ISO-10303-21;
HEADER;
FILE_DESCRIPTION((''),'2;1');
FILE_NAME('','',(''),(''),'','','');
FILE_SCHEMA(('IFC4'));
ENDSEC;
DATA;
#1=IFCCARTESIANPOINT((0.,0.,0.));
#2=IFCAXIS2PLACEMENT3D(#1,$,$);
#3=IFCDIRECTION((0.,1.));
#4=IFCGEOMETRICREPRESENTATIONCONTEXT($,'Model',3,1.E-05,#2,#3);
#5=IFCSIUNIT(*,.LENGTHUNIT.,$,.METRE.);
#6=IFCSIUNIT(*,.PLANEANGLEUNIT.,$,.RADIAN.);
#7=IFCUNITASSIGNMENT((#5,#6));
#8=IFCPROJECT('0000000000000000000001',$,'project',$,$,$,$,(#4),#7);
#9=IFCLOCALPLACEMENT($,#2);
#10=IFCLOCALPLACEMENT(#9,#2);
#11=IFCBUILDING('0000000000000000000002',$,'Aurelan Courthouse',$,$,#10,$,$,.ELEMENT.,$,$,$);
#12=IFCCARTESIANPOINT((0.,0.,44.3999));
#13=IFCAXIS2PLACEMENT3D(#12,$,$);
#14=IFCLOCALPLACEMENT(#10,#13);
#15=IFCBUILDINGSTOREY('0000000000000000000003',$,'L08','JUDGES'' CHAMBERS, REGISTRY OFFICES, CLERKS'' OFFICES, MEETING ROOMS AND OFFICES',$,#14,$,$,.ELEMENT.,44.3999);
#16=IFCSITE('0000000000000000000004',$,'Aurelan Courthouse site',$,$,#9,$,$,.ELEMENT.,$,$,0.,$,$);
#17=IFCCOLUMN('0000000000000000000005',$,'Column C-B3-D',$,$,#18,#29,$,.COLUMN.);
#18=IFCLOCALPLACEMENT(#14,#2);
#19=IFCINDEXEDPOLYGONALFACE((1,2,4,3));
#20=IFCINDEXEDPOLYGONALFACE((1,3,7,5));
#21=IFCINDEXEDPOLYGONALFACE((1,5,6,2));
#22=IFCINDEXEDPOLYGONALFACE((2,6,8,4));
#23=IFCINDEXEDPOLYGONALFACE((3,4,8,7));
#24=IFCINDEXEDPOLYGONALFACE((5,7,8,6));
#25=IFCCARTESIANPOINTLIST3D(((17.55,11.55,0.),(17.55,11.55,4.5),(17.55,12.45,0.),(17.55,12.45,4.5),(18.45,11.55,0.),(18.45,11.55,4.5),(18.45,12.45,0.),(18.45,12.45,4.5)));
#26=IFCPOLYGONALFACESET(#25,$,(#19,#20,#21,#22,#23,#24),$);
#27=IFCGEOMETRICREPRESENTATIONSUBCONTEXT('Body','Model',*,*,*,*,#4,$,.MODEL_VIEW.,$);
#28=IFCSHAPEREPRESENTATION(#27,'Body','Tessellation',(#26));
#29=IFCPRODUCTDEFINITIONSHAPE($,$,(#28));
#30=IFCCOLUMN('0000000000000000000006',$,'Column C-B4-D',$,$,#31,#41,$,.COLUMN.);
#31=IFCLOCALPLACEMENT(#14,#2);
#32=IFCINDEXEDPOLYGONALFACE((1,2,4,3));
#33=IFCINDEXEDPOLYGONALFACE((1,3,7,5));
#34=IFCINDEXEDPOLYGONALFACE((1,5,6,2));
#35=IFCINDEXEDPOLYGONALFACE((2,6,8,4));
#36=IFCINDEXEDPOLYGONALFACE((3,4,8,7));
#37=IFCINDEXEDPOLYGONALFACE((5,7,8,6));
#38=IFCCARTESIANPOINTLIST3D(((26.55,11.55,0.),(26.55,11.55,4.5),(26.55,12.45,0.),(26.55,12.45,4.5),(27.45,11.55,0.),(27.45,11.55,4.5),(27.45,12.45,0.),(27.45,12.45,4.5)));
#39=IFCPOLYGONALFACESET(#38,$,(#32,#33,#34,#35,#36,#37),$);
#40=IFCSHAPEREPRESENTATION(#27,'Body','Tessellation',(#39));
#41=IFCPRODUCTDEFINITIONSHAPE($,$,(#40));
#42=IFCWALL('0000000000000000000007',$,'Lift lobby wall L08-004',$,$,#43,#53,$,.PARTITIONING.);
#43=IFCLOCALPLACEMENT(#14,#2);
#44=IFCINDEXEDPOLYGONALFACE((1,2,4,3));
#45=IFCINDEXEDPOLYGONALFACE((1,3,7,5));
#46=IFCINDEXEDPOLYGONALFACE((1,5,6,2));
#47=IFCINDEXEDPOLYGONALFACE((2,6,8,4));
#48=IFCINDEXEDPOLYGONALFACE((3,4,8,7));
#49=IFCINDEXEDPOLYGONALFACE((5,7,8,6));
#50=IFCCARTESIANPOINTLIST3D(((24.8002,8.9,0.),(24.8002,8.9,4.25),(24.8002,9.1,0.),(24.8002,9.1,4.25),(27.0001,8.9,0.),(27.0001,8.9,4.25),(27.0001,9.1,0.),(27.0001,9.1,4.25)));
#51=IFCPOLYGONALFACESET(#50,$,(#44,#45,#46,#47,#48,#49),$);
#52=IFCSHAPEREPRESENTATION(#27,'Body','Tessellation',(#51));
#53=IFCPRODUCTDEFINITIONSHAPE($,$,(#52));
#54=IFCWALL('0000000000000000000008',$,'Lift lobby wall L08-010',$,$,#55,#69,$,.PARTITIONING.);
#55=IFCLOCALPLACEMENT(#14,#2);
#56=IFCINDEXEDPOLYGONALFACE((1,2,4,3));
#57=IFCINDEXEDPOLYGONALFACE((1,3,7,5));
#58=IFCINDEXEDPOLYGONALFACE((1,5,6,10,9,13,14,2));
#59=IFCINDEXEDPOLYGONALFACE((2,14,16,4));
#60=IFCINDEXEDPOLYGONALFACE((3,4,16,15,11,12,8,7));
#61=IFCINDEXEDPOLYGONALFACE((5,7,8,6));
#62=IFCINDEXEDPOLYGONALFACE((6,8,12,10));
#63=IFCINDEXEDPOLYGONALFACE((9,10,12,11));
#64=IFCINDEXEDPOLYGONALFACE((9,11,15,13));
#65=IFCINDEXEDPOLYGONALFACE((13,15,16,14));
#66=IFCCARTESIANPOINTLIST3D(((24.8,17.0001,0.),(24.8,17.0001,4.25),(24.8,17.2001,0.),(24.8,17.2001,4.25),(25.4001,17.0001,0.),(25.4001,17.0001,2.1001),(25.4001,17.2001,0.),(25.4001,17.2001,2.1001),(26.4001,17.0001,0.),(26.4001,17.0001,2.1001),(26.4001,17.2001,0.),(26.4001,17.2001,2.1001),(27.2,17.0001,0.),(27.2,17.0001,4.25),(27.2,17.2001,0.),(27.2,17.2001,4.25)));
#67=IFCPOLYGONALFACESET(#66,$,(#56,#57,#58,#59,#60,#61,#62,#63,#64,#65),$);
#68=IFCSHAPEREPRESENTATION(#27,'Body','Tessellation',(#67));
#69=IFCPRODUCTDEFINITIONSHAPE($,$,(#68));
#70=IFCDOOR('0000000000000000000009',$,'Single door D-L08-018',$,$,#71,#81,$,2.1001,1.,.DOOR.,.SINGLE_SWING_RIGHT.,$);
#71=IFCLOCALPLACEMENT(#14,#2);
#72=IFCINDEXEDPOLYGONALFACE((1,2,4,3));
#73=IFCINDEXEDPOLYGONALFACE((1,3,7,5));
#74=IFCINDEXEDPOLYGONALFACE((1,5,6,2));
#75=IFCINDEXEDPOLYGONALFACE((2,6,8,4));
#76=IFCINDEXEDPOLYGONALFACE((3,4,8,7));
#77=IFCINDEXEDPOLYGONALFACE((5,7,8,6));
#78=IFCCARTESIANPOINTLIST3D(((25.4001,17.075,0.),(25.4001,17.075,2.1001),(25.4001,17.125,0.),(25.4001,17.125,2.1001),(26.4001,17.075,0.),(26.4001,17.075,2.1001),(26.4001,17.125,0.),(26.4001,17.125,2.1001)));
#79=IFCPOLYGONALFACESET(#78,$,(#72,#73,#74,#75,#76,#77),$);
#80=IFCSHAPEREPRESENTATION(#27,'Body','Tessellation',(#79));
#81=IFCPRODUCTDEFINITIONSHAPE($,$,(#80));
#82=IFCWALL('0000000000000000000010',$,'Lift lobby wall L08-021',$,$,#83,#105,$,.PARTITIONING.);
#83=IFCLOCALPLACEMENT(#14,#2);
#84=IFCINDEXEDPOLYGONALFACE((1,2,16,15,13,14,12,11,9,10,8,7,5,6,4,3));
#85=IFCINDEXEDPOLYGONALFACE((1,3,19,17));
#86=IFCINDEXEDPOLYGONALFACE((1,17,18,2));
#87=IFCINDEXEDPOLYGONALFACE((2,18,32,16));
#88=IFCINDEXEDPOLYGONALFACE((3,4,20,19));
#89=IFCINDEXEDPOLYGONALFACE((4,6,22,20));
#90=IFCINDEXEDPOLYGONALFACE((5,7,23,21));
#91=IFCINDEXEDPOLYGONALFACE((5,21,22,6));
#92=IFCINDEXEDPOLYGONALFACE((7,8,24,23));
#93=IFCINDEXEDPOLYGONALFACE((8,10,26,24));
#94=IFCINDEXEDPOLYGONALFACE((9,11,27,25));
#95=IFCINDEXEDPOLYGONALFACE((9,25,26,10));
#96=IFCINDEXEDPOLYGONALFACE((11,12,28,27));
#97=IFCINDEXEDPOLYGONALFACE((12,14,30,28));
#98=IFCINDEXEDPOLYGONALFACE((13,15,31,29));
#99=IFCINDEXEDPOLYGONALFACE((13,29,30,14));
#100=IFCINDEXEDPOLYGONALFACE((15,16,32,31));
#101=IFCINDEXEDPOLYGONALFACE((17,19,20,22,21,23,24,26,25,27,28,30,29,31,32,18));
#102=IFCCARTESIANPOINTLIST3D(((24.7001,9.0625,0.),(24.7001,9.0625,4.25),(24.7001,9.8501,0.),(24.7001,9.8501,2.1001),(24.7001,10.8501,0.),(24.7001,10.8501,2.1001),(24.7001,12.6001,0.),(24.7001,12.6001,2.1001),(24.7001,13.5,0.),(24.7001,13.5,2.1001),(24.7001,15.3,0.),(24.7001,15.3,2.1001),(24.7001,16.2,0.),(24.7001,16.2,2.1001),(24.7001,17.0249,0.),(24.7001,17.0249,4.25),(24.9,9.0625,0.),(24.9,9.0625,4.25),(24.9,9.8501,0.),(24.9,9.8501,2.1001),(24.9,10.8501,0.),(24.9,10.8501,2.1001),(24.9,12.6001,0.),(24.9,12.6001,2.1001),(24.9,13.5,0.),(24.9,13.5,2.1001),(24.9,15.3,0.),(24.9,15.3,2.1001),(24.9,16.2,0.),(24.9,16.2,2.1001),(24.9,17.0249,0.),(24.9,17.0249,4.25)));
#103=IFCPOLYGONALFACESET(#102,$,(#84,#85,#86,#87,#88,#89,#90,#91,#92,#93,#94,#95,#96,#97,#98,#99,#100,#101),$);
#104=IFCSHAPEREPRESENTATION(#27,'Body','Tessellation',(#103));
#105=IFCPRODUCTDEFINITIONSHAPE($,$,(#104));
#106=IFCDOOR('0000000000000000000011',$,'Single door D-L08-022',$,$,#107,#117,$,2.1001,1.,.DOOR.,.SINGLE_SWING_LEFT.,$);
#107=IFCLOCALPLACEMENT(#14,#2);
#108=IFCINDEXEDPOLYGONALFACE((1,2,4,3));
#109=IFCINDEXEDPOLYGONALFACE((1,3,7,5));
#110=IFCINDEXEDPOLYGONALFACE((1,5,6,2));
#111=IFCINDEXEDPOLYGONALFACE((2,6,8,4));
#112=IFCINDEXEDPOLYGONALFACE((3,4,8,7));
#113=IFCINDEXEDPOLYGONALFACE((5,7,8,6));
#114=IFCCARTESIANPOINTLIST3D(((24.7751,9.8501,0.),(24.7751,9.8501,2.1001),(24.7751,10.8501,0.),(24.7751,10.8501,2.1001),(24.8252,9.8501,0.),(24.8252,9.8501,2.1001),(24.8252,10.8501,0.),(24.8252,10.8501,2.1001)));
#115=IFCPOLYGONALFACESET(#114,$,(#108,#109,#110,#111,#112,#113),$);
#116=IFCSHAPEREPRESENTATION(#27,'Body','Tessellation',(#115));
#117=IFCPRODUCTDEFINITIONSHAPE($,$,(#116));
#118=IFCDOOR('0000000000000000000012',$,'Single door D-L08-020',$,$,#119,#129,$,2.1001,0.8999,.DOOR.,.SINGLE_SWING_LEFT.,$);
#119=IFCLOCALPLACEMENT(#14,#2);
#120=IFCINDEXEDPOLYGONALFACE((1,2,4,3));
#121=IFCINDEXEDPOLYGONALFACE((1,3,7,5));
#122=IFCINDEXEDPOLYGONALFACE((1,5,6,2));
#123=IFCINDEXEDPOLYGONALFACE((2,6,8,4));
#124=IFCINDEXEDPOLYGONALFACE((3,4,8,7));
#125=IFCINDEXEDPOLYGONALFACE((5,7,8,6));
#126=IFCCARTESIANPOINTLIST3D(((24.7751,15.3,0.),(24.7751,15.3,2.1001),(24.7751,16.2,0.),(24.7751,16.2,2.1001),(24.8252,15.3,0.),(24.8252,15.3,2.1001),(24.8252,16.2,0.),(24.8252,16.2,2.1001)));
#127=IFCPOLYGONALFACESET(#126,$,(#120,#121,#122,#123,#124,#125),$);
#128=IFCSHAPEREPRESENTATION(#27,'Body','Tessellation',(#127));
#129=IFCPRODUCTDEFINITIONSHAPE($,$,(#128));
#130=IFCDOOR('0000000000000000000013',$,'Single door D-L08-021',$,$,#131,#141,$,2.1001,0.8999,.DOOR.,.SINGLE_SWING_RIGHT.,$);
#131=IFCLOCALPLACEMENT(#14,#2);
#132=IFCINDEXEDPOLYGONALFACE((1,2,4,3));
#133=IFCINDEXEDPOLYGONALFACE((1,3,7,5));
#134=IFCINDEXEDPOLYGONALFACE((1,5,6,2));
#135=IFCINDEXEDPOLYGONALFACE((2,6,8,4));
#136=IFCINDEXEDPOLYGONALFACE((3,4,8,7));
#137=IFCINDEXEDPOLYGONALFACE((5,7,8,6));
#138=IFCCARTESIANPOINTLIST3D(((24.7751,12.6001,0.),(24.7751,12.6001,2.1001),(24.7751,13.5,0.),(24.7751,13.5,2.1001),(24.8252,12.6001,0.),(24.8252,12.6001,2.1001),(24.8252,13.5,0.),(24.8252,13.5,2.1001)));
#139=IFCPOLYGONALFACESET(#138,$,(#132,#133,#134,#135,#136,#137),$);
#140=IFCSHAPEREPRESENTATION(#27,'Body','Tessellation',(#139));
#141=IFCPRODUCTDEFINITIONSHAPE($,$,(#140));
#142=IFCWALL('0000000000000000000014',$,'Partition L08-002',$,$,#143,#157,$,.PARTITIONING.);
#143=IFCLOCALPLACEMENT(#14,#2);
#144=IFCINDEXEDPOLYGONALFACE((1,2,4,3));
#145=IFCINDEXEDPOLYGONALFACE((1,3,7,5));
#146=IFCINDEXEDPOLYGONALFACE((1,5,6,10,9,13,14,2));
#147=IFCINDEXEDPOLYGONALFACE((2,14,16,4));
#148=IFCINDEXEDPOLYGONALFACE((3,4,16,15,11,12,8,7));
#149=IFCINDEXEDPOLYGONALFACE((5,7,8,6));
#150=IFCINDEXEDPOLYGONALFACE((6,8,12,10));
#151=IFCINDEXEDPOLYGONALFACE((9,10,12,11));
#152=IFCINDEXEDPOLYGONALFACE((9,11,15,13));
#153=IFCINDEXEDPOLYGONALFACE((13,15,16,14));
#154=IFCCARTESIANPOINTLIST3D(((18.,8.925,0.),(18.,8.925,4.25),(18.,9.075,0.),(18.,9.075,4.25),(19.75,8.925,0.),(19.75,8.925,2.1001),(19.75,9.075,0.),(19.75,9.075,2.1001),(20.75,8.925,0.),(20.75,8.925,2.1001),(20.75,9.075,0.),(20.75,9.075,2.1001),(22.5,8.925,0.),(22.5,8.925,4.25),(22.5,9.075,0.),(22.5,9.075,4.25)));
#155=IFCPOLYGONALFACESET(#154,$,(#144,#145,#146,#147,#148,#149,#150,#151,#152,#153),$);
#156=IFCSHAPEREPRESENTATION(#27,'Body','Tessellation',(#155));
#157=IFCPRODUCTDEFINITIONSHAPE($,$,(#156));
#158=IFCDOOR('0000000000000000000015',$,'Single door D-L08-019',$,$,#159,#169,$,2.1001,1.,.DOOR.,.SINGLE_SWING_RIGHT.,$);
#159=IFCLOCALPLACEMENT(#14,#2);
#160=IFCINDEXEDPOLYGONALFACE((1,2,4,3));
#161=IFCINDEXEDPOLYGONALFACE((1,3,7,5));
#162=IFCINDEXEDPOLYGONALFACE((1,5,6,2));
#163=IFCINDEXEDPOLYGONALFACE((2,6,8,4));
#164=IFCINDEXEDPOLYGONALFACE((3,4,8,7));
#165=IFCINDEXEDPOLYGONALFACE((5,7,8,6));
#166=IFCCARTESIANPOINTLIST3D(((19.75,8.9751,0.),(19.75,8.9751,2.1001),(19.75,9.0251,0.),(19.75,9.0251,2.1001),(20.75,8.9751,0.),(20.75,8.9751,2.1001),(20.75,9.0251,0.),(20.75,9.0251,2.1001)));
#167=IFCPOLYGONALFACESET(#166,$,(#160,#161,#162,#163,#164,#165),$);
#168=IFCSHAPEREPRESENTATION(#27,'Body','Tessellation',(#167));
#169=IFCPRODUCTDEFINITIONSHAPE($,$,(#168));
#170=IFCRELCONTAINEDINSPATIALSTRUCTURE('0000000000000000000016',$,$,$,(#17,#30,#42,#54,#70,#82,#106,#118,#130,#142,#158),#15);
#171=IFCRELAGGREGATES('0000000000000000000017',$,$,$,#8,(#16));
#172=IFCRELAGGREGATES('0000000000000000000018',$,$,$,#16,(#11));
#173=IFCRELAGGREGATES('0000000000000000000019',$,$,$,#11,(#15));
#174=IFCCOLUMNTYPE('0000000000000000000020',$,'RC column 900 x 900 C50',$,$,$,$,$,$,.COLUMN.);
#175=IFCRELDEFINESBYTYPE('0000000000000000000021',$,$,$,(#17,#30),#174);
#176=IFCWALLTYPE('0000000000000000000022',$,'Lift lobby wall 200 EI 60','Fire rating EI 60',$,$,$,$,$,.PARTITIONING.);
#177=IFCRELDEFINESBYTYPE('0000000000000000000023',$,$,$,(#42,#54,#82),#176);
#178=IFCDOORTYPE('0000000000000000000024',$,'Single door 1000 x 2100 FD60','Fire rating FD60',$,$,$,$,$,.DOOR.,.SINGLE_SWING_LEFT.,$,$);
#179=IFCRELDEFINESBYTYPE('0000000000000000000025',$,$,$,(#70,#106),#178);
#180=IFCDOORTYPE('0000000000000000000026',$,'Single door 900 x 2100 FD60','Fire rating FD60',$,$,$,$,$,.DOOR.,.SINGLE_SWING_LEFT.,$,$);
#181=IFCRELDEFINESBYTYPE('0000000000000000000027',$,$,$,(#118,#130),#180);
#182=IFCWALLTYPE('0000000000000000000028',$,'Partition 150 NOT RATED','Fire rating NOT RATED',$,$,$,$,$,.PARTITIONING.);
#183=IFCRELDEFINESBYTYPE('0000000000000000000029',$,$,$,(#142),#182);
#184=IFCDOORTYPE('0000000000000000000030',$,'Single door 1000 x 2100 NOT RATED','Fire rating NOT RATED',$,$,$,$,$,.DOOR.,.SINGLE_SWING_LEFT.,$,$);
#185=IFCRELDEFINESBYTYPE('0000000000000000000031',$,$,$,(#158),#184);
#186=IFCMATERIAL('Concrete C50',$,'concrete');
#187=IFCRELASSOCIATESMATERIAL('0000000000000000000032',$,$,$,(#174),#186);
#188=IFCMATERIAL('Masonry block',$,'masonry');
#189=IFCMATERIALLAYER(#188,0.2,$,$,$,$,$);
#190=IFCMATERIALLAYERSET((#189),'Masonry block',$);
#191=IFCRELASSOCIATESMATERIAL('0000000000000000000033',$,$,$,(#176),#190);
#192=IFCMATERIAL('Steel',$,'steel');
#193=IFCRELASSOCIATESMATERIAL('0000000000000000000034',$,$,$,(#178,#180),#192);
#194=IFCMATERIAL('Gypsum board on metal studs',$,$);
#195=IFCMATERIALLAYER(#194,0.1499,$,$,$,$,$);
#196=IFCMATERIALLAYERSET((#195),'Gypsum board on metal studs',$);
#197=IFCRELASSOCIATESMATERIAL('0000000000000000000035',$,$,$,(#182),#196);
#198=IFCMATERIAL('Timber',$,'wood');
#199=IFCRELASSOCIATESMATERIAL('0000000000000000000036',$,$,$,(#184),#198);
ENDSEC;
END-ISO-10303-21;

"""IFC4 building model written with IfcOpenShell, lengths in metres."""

from ifc_helpers import new_model, si_unit, direction, frame, frame_2d, origin, origin_2d, place, context, subcontext, project, spatial, rectangle, extrude, material, layer, layer_set, material_profile, profile_set, type_object, element, fill, save


model = new_model("IFC4")

# Units and contexts
model_context = context("Model", 3, precision=1e-05, world=origin(), true_north=direction((0.0, 1.0)))
body_context = subcontext(model_context, "Body", "Model", "MODEL_VIEW")
ifc_project = project(units=[si_unit("LENGTHUNIT", "METRE"), si_unit("PLANEANGLEUNIT", "RADIAN")], contexts=[model_context])

# Site, building, storey
site_placement = place(None, origin())
site = spatial("IfcSite", under=ifc_project, at=site_placement, Name="Aurelan Courthouse site", CompositionType="ELEMENT", RefElevation=0.0)
building_placement = place(site_placement, origin())
building = spatial("IfcBuilding", under=site, at=building_placement, Name="Aurelan Courthouse", CompositionType="ELEMENT")
storey_placement = place(building_placement, frame((0.0, 0.0, 44.3999)))
storey = spatial("IfcBuildingStorey", under=building, at=storey_placement, Name="L08", Description="JUDGES' CHAMBERS, REGISTRY OFFICES, CLERKS' OFFICES, MEETING ROOMS AND OFFICES", CompositionType="ELEMENT", Elevation=44.3999)

# Columns
ifc_material_1 = material(Name="Concrete C50", Category="concrete")
ifc_material_profile = material_profile(ifc_material_1, rectangle(XDim=0.8999, YDim=0.8999, at=origin_2d()), Name="RC 900 x 900")
ifc_profile_set = profile_set([ifc_material_profile], Name="Concrete C50")
column_type = type_object("IfcColumnType", Name="RC column 900 x 900 C50", PredefinedType="COLUMN", material=ifc_profile_set)
for number, where, z_axis, x_axis, name in (
    (1, (18.0, 12.0, 0.0), (0.0, 0.0, 1.0), (1.0, 0.0, 0.0), "Column C-B3-D"),
    (2, (27.0, 12.0, 0.0), (0.0, 0.0, 1.0), (1.0, 0.0, 0.0), "Column C-B4-D"),
):
    element("IfcColumn", number, at=place(storey_placement, frame(where, z_axis=z_axis, x_axis=x_axis)), inside=storey, type_object=column_type, Name=name, PredefinedType="COLUMN", context=body_context, shape_type="SweptSolid", body=[
        extrude(rectangle(XDim=0.8999, YDim=0.8999, at=origin_2d()), origin(), (0.0, 0.0, 1.0), 4.5),
    ])

# Wall
ifc_material_2 = material(Name="Masonry block", Category="masonry")
ifc_layer_1 = layer(ifc_material_2, 0.2)
ifc_layer_set_1 = layer_set([ifc_layer_1], Name="Masonry block")
wall_type_1 = type_object("IfcWallType", Name="Lift lobby wall 200 EI 60", Description="Fire rating EI 60", PredefinedType="PARTITIONING", material=ifc_layer_set_1)
wall_1_placement = place(storey_placement, frame((24.8, 9.0, 0.0), z_axis=(0.0, 0.0, 1.0), x_axis=(1.0, 0.0, 0.0)))
element("IfcWall", 3, at=wall_1_placement, inside=storey, type_object=wall_type_1, Name="Lift lobby wall L08-004", PredefinedType="PARTITIONING", context=body_context, shape_type="SweptSolid", body=[
    extrude(rectangle(XDim=2.2, YDim=0.2, at=frame_2d((1.1001, 0.0))), origin(), (0.0, 0.0, 1.0), 4.25),
])

# Wall, opening, door
wall_2_placement = place(storey_placement, frame((24.8, 17.1001, 0.0), z_axis=(0.0, 0.0, 1.0), x_axis=(1.0, 0.0, 0.0)))
wall_2 = element("IfcWall", 4, at=wall_2_placement, inside=storey, type_object=wall_type_1, Name="Lift lobby wall L08-010", PredefinedType="PARTITIONING", context=body_context, shape_type="SweptSolid", body=[
    extrude(rectangle(XDim=2.3999, YDim=0.2, at=frame_2d((1.2, 0.0))), origin(), (0.0, 0.0, 1.0), 4.25),
])
opening_1_placement = place(wall_2_placement, frame((0.6001, 0.0, 0.0)))
opening_1 = element("IfcOpeningElement", 5, at=opening_1_placement, cuts=wall_2, PredefinedType="OPENING", context=body_context, shape_type="SweptSolid", body=[
    extrude(rectangle(XDim=1.0, YDim=2.1001, at=frame_2d((0.5, 1.05))), frame((0.0, 0.1099, 0.0), z_axis=(0.0, -1.0, 0.0), x_axis=(1.0, 0.0, 0.0)), (0.0, 0.0, 1.0), 0.22),
])
ifc_material_3 = material(Name="Steel", Category="steel")
door_type_1 = type_object("IfcDoorType", Name="Single door 1000 x 2100 FD60", Description="Fire rating FD60", OperationType="SINGLE_SWING_LEFT", PredefinedType="DOOR", material=ifc_material_3)
door_1_placement = place(opening_1_placement, origin())
door_1 = element("IfcDoor", 6, at=door_1_placement, inside=storey, type_object=door_type_1, Name="Single door D-L08-018", OperationType="SINGLE_SWING_RIGHT", OverallHeight=2.1001, OverallWidth=1.0, PredefinedType="DOOR", context=body_context, shape_type="SweptSolid", body=[
    extrude(rectangle(XDim=1.0, YDim=2.1001, at=frame_2d((0.5, 1.05))), frame((0.0, 0.0249, 0.0), z_axis=(0.0, -1.0, 0.0), x_axis=(1.0, 0.0, 0.0)), (0.0, 0.0, 1.0), 0.05),
])
fill(opening_1, door_1)

# Wall, openings, doors
wall_3_placement = place(storey_placement, frame((24.8, 9.0625, 0.0), z_axis=(0.0, 0.0, 1.0), x_axis=(0.0, 1.0, 0.0)))
wall_3 = element("IfcWall", 7, at=wall_3_placement, inside=storey, type_object=wall_type_1, Name="Lift lobby wall L08-021", PredefinedType="PARTITIONING", context=body_context, shape_type="SweptSolid", body=[
    extrude(rectangle(XDim=7.9624, YDim=0.2, at=frame_2d((3.9812, 0.0))), origin(), (0.0, 0.0, 1.0), 4.25),
])
opening_2_placement = place(wall_3_placement, frame((6.2375, 0.0, 0.0)))
opening_2 = element("IfcOpeningElement", 8, at=opening_2_placement, cuts=wall_3, PredefinedType="OPENING", context=body_context, shape_type="SweptSolid", body=[
    extrude(rectangle(XDim=0.8999, YDim=2.1001, at=frame_2d((0.45, 1.05))), frame((0.0, 0.1099, 0.0), z_axis=(0.0, -1.0, 0.0), x_axis=(1.0, 0.0, 0.0)), (0.0, 0.0, 1.0), 0.22),
])
opening_3_placement = place(wall_3_placement, frame((3.5376, 0.0, 0.0)))
opening_3 = element("IfcOpeningElement", 9, at=opening_3_placement, cuts=wall_3, PredefinedType="OPENING", context=body_context, shape_type="SweptSolid", body=[
    extrude(rectangle(XDim=0.8999, YDim=2.1001, at=frame_2d((0.45, 1.05))), frame((0.0, 0.1099, 0.0), z_axis=(0.0, -1.0, 0.0), x_axis=(1.0, 0.0, 0.0)), (0.0, 0.0, 1.0), 0.22),
])
opening_4_placement = place(wall_3_placement, frame((0.7876, 0.0, 0.0)))
opening_4 = element("IfcOpeningElement", 10, at=opening_4_placement, cuts=wall_3, PredefinedType="OPENING", context=body_context, shape_type="SweptSolid", body=[
    extrude(rectangle(XDim=1.0, YDim=2.1001, at=frame_2d((0.5, 1.05))), frame((0.0, 0.1099, 0.0), z_axis=(0.0, -1.0, 0.0), x_axis=(1.0, 0.0, 0.0)), (0.0, 0.0, 1.0), 0.22),
])
door_2_placement = place(opening_4_placement, origin())
door_2 = element("IfcDoor", 11, at=door_2_placement, inside=storey, type_object=door_type_1, Name="Single door D-L08-022", OperationType="SINGLE_SWING_LEFT", OverallHeight=2.1001, OverallWidth=1.0, PredefinedType="DOOR", context=body_context, shape_type="SweptSolid", body=[
    extrude(rectangle(XDim=1.0, YDim=2.1001, at=frame_2d((0.5, 1.05))), frame((0.0, 0.0249, 0.0), z_axis=(0.0, -1.0, 0.0), x_axis=(1.0, 0.0, 0.0)), (0.0, 0.0, 1.0), 0.05),
])
fill(opening_4, door_2)
door_type_2 = type_object("IfcDoorType", Name="Single door 900 x 2100 FD60", Description="Fire rating FD60", OperationType="SINGLE_SWING_LEFT", PredefinedType="DOOR", material=ifc_material_3)
door_3_placement = place(opening_2_placement, origin())
door_3 = element("IfcDoor", 12, at=door_3_placement, inside=storey, type_object=door_type_2, Name="Single door D-L08-020", OperationType="SINGLE_SWING_LEFT", OverallHeight=2.1001, OverallWidth=0.8999, PredefinedType="DOOR", context=body_context, shape_type="SweptSolid", body=[
    extrude(rectangle(XDim=0.8999, YDim=2.1001, at=frame_2d((0.45, 1.05))), frame((0.0, 0.0249, 0.0), z_axis=(0.0, -1.0, 0.0), x_axis=(1.0, 0.0, 0.0)), (0.0, 0.0, 1.0), 0.05),
])
fill(opening_2, door_3)
door_4_placement = place(opening_3_placement, origin())
door_4 = element("IfcDoor", 13, at=door_4_placement, inside=storey, type_object=door_type_2, Name="Single door D-L08-021", OperationType="SINGLE_SWING_RIGHT", OverallHeight=2.1001, OverallWidth=0.8999, PredefinedType="DOOR", context=body_context, shape_type="SweptSolid", body=[
    extrude(rectangle(XDim=0.8999, YDim=2.1001, at=frame_2d((0.45, 1.05))), frame((0.0, 0.0249, 0.0), z_axis=(0.0, -1.0, 0.0), x_axis=(1.0, 0.0, 0.0)), (0.0, 0.0, 1.0), 0.05),
])
fill(opening_3, door_4)

# Wall, opening, door
ifc_material_4 = material(Name="Gypsum board on metal studs")
ifc_layer_2 = layer(ifc_material_4, 0.1499)
ifc_layer_set_2 = layer_set([ifc_layer_2], Name="Gypsum board on metal studs")
wall_type_2 = type_object("IfcWallType", Name="Partition 150 NOT RATED", Description="Fire rating NOT RATED", PredefinedType="PARTITIONING", material=ifc_layer_set_2)
wall_4_placement = place(storey_placement, frame((18.0, 9.0, 0.0), z_axis=(0.0, 0.0, 1.0), x_axis=(1.0, 0.0, 0.0)))
wall_4 = element("IfcWall", 14, at=wall_4_placement, inside=storey, type_object=wall_type_2, Name="Partition L08-002", PredefinedType="PARTITIONING", context=body_context, shape_type="SweptSolid", body=[
    extrude(rectangle(XDim=4.5, YDim=0.1499, at=frame_2d((2.25, 0.0))), origin(), (0.0, 0.0, 1.0), 4.25),
])
opening_5_placement = place(wall_4_placement, frame((2.75, 0.0, 0.0), z_axis=(0.0, 0.0, 1.0), x_axis=(-1.0, 0.0, 0.0)))
opening_5 = element("IfcOpeningElement", 15, at=opening_5_placement, cuts=wall_4, PredefinedType="OPENING", context=body_context, shape_type="SweptSolid", body=[
    extrude(rectangle(XDim=1.0, YDim=2.1001, at=frame_2d((0.5, 1.05))), frame((0.0, 0.085, 0.0), z_axis=(0.0, -1.0, 0.0), x_axis=(1.0, 0.0, 0.0)), (0.0, 0.0, 1.0), 0.1699),
])
ifc_material_5 = material(Name="Timber", Category="wood")
door_type_3 = type_object("IfcDoorType", Name="Single door 1000 x 2100 NOT RATED", Description="Fire rating NOT RATED", OperationType="SINGLE_SWING_LEFT", PredefinedType="DOOR", material=ifc_material_5)
door_5_placement = place(opening_5_placement, origin())
door_5 = element("IfcDoor", 16, at=door_5_placement, inside=storey, type_object=door_type_3, Name="Single door D-L08-019", OperationType="SINGLE_SWING_RIGHT", OverallHeight=2.1001, OverallWidth=1.0, PredefinedType="DOOR", context=body_context, shape_type="SweptSolid", body=[
    extrude(rectangle(XDim=1.0, YDim=2.1001, at=frame_2d((0.5, 1.05))), frame((0.0, 0.0249, 0.0), z_axis=(0.0, -1.0, 0.0), x_axis=(1.0, 0.0, 0.0)), (0.0, 0.0, 1.0), 0.05),
])
fill(opening_5, door_5)

save(model, "model.ifc")
